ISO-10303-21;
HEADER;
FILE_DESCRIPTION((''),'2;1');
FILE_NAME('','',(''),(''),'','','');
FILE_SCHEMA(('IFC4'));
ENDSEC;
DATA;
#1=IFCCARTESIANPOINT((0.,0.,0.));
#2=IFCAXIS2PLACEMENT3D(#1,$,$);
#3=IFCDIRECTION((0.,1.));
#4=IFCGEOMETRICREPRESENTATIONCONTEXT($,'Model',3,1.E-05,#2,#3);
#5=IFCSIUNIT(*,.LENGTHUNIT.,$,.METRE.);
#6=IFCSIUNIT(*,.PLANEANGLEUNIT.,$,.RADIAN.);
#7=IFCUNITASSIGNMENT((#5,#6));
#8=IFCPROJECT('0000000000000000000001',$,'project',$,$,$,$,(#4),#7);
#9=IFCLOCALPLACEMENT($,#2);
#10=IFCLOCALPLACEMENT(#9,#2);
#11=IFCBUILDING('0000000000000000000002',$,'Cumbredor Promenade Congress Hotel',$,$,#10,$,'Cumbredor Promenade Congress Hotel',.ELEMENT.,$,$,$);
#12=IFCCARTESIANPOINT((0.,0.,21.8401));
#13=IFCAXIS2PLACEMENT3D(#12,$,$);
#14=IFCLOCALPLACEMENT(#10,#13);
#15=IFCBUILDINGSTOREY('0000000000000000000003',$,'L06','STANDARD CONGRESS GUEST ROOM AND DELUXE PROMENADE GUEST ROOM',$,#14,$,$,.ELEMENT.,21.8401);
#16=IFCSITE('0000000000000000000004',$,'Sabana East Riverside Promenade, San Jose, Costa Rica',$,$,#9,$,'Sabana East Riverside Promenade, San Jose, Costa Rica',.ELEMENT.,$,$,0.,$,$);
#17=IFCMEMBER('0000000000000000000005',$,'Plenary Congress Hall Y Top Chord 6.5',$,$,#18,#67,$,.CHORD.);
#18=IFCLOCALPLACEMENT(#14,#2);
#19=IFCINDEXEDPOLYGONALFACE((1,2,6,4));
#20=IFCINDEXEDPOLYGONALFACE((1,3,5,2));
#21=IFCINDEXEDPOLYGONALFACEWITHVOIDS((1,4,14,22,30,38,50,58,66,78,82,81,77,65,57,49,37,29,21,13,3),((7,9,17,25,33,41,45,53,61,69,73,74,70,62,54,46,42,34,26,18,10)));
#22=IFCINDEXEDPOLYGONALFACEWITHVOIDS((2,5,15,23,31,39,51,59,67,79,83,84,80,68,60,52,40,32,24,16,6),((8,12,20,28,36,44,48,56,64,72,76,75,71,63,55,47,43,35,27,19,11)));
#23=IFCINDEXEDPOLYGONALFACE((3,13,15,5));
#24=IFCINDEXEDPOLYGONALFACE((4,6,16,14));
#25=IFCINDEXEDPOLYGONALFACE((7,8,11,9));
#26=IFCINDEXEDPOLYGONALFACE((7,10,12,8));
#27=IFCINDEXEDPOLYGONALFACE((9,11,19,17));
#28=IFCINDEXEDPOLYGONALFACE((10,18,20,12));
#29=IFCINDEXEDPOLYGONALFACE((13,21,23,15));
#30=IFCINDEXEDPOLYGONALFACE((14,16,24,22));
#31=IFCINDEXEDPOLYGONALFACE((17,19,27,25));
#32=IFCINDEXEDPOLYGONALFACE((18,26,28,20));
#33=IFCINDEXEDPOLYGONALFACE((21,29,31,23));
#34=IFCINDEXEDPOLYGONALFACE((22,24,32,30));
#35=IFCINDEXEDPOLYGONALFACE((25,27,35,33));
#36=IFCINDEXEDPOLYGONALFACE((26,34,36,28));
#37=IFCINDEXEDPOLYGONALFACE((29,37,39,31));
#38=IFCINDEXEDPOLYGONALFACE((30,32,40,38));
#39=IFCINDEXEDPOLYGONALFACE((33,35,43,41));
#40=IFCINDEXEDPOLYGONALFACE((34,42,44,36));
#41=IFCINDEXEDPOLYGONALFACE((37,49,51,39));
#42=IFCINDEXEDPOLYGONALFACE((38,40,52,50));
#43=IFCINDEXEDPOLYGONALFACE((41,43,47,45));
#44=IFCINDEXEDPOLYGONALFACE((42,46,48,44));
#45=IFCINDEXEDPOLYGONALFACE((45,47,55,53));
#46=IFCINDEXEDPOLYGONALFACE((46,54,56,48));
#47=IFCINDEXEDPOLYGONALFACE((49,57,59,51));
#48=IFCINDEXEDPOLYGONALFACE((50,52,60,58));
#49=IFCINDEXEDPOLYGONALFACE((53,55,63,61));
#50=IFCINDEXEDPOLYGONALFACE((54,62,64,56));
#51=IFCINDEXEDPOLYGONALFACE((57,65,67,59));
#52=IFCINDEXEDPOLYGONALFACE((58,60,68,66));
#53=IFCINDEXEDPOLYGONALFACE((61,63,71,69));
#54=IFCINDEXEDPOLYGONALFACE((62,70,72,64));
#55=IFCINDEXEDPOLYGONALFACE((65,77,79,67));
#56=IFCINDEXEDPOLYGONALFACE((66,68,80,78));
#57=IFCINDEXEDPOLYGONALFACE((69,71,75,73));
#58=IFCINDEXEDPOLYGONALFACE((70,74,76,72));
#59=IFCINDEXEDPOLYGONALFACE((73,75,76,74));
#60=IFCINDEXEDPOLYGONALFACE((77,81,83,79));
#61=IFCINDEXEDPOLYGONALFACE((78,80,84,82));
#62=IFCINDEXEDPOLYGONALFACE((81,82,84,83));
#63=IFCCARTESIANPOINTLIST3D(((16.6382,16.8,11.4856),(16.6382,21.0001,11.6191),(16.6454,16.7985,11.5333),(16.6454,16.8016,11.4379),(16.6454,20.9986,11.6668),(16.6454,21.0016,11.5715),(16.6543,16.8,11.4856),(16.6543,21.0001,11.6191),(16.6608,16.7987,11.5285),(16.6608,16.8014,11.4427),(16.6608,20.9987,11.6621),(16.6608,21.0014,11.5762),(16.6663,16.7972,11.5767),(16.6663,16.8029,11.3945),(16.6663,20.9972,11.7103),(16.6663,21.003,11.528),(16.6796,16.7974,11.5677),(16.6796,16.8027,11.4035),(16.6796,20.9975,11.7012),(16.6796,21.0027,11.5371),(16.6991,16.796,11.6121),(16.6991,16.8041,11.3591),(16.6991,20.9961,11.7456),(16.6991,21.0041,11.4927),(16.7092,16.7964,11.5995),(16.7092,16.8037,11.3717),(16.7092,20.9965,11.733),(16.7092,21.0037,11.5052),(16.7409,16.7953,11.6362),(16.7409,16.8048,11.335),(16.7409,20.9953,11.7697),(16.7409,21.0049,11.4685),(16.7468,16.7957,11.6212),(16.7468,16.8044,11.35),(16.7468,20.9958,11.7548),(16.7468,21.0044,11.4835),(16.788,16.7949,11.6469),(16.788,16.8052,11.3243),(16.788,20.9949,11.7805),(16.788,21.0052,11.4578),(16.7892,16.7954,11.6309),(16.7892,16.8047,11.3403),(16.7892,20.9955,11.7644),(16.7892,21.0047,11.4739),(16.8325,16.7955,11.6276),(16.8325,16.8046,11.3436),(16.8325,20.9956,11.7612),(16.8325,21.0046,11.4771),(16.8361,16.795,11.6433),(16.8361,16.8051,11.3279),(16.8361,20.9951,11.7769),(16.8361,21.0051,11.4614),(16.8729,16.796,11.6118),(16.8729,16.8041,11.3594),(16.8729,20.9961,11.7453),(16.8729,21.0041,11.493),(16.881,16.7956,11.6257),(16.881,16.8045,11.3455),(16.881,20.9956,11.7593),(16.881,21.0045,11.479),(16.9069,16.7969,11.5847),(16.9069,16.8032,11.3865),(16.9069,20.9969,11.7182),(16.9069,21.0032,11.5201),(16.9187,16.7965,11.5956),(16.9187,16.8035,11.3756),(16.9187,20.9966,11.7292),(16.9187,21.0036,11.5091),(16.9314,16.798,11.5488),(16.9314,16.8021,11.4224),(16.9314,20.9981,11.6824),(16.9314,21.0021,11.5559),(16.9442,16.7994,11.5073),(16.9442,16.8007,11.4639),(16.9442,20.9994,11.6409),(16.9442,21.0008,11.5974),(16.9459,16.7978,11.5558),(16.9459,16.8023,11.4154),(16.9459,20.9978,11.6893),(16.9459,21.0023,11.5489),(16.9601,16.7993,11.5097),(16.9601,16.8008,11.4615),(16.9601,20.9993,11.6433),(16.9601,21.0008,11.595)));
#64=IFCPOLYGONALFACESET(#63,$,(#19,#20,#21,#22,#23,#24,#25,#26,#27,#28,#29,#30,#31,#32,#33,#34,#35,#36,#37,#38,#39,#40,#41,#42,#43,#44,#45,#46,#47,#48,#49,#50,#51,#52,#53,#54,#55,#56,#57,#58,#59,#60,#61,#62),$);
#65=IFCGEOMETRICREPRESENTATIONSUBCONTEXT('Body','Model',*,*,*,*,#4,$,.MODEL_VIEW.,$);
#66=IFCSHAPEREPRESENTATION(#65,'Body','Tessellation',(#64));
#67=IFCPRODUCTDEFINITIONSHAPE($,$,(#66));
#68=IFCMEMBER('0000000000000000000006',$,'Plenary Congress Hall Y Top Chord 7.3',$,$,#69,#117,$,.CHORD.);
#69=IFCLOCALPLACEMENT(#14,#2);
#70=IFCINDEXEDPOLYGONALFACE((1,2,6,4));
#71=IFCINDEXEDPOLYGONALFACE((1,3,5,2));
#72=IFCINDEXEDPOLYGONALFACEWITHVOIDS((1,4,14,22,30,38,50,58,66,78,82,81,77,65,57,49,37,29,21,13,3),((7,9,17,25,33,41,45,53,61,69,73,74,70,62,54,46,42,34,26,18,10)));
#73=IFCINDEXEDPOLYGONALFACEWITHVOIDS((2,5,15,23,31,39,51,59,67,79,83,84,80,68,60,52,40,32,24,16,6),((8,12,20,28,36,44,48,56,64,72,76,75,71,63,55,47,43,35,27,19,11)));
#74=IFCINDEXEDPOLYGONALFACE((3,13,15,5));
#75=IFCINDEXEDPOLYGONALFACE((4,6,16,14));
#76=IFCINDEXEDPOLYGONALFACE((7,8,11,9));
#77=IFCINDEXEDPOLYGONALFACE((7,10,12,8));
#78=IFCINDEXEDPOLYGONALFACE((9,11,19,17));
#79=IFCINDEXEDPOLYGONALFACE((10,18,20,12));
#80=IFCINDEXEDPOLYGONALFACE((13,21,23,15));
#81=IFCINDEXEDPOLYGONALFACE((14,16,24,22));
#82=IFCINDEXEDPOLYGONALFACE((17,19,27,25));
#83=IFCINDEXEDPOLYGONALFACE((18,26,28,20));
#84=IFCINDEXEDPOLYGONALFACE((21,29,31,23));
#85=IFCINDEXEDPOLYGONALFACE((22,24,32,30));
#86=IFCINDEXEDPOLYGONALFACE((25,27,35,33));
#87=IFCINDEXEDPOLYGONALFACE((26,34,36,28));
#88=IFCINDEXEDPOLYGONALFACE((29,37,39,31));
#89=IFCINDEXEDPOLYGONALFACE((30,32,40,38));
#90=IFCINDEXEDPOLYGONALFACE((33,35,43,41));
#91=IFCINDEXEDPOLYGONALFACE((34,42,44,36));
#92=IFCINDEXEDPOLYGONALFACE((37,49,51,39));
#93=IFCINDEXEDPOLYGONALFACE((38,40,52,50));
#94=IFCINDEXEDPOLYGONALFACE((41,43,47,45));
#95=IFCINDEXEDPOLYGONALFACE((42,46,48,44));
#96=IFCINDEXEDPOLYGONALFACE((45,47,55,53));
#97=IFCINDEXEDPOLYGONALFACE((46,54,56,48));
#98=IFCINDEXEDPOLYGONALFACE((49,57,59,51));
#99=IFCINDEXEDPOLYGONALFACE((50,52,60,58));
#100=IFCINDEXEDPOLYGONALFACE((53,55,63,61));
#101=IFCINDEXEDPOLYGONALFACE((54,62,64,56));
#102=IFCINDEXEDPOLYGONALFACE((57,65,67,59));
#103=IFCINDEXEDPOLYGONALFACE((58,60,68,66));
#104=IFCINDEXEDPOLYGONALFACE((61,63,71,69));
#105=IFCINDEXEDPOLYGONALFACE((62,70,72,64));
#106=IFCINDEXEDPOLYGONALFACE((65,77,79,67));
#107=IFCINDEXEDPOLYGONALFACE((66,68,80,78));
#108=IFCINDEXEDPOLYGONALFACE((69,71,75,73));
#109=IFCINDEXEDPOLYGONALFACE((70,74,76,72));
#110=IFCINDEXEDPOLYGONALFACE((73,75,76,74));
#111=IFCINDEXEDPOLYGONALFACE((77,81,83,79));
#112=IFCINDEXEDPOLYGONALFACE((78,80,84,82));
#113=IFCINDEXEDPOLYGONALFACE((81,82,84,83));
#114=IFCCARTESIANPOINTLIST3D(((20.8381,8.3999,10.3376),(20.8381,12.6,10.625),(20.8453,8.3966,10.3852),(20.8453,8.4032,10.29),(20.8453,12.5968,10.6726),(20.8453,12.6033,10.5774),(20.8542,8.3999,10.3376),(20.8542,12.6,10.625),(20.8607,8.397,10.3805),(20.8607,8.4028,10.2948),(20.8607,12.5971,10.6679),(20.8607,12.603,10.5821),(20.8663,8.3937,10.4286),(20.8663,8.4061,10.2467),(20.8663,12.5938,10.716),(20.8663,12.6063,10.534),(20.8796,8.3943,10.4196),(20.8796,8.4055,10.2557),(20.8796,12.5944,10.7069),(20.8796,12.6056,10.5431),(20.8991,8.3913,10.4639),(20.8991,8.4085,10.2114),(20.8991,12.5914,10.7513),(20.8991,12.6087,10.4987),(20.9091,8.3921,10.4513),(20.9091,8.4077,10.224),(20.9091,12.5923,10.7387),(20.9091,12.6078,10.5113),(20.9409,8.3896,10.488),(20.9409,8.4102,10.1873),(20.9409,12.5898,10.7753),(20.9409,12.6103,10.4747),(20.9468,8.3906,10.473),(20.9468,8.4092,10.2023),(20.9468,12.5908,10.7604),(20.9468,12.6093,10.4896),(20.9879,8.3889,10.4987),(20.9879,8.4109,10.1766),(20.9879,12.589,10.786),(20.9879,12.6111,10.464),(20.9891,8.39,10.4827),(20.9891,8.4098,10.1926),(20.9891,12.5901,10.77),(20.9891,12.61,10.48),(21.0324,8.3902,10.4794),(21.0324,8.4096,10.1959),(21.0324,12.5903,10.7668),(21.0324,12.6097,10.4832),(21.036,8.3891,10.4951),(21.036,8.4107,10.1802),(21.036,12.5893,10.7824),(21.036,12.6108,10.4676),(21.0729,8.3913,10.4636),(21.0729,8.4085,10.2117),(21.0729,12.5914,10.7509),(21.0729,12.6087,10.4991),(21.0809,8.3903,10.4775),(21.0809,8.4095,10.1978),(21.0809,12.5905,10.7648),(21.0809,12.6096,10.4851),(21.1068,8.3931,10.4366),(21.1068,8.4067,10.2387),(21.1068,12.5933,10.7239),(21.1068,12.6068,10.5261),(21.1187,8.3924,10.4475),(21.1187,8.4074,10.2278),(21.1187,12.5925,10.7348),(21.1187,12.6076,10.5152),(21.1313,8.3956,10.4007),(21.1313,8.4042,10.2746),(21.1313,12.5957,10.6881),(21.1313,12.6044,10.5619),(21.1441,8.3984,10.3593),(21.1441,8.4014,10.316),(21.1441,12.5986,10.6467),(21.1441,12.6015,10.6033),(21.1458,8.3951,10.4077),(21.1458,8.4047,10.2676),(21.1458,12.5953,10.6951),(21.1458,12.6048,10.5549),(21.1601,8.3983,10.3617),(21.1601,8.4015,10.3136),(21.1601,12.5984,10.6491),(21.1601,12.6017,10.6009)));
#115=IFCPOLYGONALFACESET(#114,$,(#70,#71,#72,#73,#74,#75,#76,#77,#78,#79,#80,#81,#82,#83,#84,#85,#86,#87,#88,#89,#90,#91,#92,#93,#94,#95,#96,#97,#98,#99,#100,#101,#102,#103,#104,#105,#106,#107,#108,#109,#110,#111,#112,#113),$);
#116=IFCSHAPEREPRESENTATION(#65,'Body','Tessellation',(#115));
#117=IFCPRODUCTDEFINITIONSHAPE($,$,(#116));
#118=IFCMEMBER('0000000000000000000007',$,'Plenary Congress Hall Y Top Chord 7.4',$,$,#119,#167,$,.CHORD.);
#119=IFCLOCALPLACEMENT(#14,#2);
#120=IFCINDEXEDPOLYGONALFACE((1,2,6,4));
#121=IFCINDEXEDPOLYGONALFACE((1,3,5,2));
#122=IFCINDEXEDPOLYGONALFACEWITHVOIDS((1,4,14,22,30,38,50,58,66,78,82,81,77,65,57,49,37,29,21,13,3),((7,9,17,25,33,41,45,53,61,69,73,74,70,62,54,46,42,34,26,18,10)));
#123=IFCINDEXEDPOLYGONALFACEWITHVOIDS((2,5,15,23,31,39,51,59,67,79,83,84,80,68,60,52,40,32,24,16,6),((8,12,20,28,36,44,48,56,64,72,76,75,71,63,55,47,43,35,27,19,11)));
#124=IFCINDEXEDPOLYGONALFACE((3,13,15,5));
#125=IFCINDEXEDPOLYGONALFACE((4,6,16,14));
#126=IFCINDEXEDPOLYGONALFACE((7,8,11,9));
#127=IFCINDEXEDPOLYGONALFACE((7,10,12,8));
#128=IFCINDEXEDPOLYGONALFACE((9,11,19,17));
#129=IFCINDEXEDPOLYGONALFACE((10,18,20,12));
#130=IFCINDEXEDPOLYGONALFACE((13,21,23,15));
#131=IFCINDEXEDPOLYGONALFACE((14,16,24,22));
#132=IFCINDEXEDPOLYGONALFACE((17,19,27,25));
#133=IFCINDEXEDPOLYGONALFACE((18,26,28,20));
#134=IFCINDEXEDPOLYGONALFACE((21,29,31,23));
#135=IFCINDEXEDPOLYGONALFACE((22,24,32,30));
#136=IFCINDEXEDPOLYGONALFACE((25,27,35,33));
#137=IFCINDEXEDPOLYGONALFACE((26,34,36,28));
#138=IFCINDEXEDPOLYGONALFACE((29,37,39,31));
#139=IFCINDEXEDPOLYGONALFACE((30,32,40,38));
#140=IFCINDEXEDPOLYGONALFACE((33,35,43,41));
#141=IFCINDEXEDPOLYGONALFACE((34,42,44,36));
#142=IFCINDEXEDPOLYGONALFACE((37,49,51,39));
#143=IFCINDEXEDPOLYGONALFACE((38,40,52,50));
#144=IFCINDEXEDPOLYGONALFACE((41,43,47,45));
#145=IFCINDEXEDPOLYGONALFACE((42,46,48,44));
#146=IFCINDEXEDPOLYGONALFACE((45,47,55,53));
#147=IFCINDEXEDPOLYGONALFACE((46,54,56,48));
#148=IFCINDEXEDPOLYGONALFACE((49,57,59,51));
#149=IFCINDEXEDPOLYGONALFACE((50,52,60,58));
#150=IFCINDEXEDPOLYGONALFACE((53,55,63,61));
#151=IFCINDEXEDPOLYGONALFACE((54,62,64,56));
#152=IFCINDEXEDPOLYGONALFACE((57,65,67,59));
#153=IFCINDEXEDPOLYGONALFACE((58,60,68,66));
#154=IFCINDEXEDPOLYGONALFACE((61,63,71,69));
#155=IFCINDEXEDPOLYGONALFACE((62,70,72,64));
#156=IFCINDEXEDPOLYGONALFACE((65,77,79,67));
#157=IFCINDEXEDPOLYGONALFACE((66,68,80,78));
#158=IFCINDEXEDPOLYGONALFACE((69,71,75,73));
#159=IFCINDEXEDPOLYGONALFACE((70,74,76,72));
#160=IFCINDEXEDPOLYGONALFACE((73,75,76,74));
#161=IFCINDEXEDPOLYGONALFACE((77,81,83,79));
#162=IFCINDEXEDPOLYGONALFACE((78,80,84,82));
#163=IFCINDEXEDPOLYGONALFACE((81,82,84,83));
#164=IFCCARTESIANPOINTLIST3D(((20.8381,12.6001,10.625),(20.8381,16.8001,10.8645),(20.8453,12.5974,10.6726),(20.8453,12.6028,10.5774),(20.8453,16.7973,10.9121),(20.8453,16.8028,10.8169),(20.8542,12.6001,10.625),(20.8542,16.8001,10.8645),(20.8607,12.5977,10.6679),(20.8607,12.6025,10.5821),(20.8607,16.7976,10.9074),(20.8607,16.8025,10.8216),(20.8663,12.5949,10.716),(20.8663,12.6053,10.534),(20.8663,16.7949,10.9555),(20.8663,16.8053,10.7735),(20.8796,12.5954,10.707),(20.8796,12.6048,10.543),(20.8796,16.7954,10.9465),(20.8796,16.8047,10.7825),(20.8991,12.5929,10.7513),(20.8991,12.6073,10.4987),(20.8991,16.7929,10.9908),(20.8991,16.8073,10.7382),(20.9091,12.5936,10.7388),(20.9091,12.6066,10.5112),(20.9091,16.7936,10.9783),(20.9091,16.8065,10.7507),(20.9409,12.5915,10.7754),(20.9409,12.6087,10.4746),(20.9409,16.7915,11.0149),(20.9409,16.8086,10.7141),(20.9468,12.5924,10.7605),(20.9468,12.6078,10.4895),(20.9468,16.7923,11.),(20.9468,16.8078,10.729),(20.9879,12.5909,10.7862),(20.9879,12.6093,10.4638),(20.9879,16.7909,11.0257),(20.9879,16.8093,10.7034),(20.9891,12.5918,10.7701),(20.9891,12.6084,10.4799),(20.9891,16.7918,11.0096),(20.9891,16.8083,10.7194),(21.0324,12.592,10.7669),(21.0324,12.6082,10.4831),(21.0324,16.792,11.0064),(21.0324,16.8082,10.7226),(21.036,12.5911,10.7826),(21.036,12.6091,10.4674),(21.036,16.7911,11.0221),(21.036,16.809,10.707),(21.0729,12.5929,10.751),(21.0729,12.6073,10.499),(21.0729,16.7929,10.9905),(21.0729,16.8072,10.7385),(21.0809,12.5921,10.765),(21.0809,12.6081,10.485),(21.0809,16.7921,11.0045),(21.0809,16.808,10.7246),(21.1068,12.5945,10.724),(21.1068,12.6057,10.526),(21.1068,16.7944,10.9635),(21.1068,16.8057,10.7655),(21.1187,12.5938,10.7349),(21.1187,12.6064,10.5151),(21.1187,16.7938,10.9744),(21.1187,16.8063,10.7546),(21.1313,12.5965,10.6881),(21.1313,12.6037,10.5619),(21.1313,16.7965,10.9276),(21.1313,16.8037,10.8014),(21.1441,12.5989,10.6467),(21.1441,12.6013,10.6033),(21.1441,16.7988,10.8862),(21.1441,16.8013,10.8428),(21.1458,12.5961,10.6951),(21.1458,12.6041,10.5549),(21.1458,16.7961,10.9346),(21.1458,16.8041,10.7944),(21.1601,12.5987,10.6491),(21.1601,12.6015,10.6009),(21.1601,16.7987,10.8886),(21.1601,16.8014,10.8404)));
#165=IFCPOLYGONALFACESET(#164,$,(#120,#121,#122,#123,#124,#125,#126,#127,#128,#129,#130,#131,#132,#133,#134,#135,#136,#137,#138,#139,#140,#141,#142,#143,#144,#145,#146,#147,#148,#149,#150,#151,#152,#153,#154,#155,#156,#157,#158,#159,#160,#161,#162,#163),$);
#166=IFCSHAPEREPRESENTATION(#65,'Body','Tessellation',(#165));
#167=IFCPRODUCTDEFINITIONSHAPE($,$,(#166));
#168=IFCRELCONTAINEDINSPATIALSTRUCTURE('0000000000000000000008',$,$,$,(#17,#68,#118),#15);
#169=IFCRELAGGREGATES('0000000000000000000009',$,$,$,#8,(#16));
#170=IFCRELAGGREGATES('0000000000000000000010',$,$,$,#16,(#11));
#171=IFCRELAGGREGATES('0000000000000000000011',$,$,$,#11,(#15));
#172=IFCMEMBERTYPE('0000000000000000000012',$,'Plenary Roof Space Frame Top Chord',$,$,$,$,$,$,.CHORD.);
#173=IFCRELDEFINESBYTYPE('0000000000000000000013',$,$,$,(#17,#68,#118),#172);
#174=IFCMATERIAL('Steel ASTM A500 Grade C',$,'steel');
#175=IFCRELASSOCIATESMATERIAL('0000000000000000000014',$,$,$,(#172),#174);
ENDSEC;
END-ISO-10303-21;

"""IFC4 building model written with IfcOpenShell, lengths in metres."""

from ifc_helpers import new_model, si_unit, direction, frame, origin, origin_2d, place, context, subcontext, project, spatial, hollow_circle, extrude, material, material_profile, profile_set, type_object, element, save


model = new_model("IFC4")

# Units and contexts
model_context = context("Model", 3, precision=1e-05, world=origin(), true_north=direction((0.0, 1.0)))
body_context = subcontext(model_context, "Body", "Model", "MODEL_VIEW")
ifc_project = project(units=[si_unit("LENGTHUNIT", "METRE"), si_unit("PLANEANGLEUNIT", "RADIAN")], contexts=[model_context])

# Site, building, storey
site_placement = place(None, origin())
site = spatial("IfcSite", under=ifc_project, at=site_placement, Name="Sabana East Riverside Promenade, San Jose, Costa Rica", LongName="Sabana East Riverside Promenade, San Jose, Costa Rica", CompositionType="ELEMENT", RefElevation=0.0)
building_placement = place(site_placement, origin())
building = spatial("IfcBuilding", under=site, at=building_placement, Name="Cumbredor Promenade Congress Hotel", LongName="Cumbredor Promenade Congress Hotel", CompositionType="ELEMENT")
storey_placement = place(building_placement, frame((0.0, 0.0, 21.8401)))
storey = spatial("IfcBuildingStorey", under=building, at=storey_placement, Name="L06", Description="STANDARD CONGRESS GUEST ROOM AND DELUXE PROMENADE GUEST ROOM", CompositionType="ELEMENT", Elevation=21.8401)

# Members
ifc_material_1 = material(Name="Steel ASTM A500 Grade C", Category="steel")
ifc_material_profile_1 = material_profile(ifc_material_1, hollow_circle(Radius=0.1619, WallThickness=0.0161, at=origin_2d()), Name="CHS 323.9x16")
ifc_profile_set_1 = profile_set([ifc_material_profile_1], Name="Steel ASTM A500 Grade C")
member_type_1 = type_object("IfcMemberType", Name="Plenary Roof Space Frame Top Chord", PredefinedType="CHORD", material=ifc_profile_set_1)
member_1_placement = place(storey_placement, frame((16.8, 16.8, 11.4856), z_axis=(0.0, 0.999495, 0.031781), x_axis=(-1.0, 0.0, 0.0)))
element("IfcMember", 1, at=member_1_placement, inside=storey, type_object=member_type_1, Name="Plenary Congress Hall Y Top Chord 6.5", PredefinedType="CHORD", context=body_context, shape_type="SweptSolid", body=[
    extrude(hollow_circle(Radius=0.1619, WallThickness=0.0161, at=origin_2d()), origin(), (0.0, 0.0, 1.0), 4.2021),
])
member_2_placement = place(storey_placement, frame((21.0, 8.3999, 10.3376), z_axis=(0.0, 0.997668, 0.068255), x_axis=(-1.0, 0.0, 0.0)))
element("IfcMember", 2, at=member_2_placement, inside=storey, type_object=member_type_1, Name="Plenary Congress Hall Y Top Chord 7.3", PredefinedType="CHORD", context=body_context, shape_type="SweptSolid", body=[
    extrude(hollow_circle(Radius=0.1619, WallThickness=0.0161, at=origin_2d()), origin(), (0.0, 0.0, 1.0), 4.21),
])
member_3_placement = place(storey_placement, frame((21.0, 12.6001, 10.625), z_axis=(0.0, 0.998378, 0.056932), x_axis=(-1.0, 0.0, 0.0)))
element("IfcMember", 3, at=member_3_placement, inside=storey, type_object=member_type_1, Name="Plenary Congress Hall Y Top Chord 7.4", PredefinedType="CHORD", context=body_context, shape_type="SweptSolid", body=[
    extrude(hollow_circle(Radius=0.1619, WallThickness=0.0161, at=origin_2d()), origin(), (0.0, 0.0, 1.0), 4.2068),
])

save(model, "model.ifc")
